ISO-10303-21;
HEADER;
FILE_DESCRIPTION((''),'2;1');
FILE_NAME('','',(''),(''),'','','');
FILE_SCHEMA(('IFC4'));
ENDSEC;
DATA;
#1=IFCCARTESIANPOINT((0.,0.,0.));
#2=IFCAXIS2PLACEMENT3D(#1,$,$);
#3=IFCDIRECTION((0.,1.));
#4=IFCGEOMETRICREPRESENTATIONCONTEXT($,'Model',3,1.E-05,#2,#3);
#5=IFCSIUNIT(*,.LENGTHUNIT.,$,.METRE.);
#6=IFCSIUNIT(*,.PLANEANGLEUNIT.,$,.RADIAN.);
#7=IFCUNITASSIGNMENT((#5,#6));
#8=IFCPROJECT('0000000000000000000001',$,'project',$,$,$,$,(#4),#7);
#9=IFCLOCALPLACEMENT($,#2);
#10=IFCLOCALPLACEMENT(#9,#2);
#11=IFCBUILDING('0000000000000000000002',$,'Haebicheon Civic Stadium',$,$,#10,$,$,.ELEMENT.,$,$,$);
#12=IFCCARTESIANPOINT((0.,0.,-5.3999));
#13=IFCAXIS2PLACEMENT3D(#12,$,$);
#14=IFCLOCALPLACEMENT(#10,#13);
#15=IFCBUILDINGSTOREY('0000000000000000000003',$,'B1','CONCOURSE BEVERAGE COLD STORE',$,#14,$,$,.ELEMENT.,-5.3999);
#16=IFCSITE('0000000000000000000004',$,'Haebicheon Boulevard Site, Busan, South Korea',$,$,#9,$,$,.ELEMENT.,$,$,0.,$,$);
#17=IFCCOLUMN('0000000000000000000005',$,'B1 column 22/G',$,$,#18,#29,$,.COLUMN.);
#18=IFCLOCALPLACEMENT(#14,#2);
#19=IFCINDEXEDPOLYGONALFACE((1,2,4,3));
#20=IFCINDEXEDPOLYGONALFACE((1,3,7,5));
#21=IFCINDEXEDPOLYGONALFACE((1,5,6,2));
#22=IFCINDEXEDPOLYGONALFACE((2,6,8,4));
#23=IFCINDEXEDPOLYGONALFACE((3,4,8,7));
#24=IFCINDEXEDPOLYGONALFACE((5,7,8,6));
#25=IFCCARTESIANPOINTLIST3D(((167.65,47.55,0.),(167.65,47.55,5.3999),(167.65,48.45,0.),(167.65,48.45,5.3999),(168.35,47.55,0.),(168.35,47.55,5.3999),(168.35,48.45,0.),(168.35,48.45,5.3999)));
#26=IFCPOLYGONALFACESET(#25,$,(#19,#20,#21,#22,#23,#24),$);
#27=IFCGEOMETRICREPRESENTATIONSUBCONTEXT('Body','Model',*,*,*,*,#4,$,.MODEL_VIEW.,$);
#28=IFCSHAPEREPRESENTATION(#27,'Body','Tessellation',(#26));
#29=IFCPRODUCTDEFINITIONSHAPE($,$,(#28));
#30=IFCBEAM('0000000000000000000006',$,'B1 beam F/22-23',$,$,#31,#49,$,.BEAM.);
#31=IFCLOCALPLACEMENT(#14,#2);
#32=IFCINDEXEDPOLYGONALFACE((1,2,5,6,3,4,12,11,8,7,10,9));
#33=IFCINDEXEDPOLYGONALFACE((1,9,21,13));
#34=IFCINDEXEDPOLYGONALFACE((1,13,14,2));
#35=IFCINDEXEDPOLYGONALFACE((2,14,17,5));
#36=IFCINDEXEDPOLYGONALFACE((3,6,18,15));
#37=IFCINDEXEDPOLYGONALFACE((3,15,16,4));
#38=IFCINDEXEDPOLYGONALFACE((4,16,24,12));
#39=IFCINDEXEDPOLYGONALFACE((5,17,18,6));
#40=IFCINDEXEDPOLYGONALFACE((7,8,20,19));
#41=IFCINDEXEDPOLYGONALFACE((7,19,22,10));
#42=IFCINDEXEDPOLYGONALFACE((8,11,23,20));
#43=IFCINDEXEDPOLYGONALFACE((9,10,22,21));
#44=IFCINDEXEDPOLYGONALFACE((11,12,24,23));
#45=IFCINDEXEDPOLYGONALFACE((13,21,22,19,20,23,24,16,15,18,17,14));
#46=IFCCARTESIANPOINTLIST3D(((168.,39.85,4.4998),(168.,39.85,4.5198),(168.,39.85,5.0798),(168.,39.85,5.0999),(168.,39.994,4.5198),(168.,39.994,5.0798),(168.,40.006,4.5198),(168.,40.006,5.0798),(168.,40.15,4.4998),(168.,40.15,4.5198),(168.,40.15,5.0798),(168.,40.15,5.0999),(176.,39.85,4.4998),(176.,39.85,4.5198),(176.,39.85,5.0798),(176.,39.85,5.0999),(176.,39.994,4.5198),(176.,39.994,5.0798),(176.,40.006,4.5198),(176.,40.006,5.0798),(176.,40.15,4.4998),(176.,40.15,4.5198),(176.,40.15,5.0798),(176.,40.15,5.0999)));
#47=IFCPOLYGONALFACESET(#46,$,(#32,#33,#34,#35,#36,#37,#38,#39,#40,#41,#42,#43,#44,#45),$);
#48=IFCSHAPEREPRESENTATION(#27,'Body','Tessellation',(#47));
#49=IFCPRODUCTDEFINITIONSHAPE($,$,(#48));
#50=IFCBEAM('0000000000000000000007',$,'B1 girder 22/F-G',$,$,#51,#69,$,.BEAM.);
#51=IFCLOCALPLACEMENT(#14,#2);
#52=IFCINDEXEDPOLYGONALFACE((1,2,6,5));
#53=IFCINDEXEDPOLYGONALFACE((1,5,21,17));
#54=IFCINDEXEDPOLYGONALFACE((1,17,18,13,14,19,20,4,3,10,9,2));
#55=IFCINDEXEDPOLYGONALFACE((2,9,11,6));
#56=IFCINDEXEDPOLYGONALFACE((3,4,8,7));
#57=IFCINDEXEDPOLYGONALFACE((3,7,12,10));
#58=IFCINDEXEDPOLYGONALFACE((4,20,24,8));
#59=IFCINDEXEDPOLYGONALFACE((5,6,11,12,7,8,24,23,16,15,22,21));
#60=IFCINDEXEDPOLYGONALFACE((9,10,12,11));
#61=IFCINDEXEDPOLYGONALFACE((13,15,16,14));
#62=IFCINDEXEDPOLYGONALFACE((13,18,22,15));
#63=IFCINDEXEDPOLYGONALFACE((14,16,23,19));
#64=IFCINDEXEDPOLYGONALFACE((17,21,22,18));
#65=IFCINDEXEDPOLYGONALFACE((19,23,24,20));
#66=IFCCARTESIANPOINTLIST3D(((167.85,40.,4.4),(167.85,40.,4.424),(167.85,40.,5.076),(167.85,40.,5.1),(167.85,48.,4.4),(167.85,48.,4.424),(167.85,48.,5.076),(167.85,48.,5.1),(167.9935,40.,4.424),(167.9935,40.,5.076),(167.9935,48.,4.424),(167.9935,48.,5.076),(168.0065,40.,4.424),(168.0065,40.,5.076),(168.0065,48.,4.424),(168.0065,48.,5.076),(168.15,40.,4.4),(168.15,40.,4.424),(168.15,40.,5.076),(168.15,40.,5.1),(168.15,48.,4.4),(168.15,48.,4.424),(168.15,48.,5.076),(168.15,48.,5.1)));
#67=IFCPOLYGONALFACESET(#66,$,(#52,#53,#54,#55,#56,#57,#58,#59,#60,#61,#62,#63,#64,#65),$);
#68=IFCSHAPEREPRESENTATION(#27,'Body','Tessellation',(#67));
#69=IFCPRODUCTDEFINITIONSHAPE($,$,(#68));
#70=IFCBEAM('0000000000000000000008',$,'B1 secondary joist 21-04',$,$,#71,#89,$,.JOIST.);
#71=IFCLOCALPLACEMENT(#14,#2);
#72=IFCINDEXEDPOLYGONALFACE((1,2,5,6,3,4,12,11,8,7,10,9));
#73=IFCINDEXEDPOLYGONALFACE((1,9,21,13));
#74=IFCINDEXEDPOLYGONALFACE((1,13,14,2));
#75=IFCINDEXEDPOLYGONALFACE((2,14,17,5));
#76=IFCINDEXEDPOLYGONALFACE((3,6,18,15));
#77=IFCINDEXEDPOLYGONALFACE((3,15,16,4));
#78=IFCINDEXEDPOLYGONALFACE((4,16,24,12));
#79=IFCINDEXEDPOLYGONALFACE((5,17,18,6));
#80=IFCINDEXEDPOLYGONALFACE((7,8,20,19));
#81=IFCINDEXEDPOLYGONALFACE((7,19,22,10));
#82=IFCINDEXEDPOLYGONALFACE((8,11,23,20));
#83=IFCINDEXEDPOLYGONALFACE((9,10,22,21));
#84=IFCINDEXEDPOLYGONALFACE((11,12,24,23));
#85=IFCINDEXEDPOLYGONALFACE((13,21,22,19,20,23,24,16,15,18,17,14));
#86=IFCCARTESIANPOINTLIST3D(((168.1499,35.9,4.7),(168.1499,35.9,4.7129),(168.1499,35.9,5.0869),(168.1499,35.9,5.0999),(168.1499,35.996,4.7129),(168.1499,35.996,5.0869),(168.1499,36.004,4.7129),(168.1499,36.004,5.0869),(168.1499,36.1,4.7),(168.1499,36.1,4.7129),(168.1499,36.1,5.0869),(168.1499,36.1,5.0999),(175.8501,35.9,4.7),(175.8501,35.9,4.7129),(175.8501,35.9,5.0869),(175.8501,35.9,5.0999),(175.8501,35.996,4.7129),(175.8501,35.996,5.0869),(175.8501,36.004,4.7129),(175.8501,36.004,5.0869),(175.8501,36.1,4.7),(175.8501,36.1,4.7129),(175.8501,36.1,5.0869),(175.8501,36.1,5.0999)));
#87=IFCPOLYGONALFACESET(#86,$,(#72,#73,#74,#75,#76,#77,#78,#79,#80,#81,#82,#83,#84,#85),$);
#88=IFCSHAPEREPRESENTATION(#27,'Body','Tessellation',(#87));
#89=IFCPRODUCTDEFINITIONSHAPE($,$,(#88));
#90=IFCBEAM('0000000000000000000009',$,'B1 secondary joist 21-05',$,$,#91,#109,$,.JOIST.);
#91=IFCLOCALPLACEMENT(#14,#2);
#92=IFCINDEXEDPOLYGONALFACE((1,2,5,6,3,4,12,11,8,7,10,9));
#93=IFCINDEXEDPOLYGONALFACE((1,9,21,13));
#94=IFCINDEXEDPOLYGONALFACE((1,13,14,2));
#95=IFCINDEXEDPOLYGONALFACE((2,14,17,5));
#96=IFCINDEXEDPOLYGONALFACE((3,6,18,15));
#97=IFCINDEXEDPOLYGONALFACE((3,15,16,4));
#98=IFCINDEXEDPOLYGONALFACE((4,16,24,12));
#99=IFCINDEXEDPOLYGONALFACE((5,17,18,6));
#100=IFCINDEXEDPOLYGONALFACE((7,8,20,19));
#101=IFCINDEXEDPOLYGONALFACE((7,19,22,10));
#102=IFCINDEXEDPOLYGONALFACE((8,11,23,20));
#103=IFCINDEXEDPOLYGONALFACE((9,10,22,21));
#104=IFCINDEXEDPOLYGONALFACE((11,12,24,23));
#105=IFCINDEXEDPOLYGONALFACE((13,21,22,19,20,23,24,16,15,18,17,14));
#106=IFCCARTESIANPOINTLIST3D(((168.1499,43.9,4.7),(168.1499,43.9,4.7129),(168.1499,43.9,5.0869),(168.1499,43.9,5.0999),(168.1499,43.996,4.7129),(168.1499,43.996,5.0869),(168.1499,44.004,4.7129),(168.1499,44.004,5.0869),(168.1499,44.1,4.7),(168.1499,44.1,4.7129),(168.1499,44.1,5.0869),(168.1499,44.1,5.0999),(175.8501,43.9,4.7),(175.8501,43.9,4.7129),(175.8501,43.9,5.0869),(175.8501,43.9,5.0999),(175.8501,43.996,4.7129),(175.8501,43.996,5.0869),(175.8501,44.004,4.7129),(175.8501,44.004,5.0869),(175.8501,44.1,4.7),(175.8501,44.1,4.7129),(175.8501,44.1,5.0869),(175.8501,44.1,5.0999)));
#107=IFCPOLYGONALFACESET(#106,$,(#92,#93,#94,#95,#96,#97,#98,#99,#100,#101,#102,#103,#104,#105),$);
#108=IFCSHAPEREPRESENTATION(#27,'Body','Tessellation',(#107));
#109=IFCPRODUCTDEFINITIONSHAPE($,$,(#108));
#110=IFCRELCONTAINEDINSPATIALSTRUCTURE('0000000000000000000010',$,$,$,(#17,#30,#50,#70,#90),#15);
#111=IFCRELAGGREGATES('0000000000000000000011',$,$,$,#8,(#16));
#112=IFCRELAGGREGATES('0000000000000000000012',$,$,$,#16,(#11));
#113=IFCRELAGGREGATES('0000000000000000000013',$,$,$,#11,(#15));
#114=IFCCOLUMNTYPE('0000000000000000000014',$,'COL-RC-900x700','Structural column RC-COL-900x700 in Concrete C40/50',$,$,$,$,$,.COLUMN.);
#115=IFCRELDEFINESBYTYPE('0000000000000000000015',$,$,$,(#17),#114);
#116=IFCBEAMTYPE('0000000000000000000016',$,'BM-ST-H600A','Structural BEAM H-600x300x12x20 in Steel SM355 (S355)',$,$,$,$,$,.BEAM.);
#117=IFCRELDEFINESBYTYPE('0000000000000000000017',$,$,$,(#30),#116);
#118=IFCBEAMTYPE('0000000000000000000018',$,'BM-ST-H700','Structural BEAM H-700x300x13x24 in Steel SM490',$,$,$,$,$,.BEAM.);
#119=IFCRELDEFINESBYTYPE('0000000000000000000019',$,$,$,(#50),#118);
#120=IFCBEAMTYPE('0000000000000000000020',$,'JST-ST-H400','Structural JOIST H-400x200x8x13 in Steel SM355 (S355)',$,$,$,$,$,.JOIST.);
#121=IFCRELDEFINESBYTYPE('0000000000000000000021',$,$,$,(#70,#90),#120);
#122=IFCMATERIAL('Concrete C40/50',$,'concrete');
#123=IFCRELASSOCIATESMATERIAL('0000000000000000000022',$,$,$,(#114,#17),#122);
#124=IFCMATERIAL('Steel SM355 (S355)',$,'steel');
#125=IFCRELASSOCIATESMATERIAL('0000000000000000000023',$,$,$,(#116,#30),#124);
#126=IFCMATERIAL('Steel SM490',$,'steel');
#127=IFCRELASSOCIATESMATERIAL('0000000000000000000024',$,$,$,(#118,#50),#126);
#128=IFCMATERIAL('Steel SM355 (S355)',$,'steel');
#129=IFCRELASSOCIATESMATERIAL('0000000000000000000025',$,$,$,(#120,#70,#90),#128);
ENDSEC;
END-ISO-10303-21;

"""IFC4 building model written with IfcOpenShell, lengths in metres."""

from ifc_helpers import new_model, si_unit, direction, frame, origin, origin_2d, place, context, subcontext, project, spatial, rectangle, i_section, extrude, material, material_profile, profile_set, type_object, element, save


model = new_model("IFC4")

# Units and contexts
model_context = context("Model", 3, precision=1e-05, world=origin(), true_north=direction((0.0, 1.0)))
body_context = subcontext(model_context, "Body", "Model", "MODEL_VIEW")
ifc_project = project(units=[si_unit("LENGTHUNIT", "METRE"), si_unit("PLANEANGLEUNIT", "RADIAN")], contexts=[model_context])

# Site, building, storey
site_placement = place(None, origin())
site = spatial("IfcSite", under=ifc_project, at=site_placement, Name="Haebicheon Boulevard Site, Busan, South Korea", CompositionType="ELEMENT", RefElevation=0.0)
building_placement = place(site_placement, origin())
building = spatial("IfcBuilding", under=site, at=building_placement, Name="Haebicheon Civic Stadium", CompositionType="ELEMENT")
storey_placement = place(building_placement, frame((0.0, 0.0, -5.3999)))
storey = spatial("IfcBuildingStorey", under=building, at=storey_placement, Name="B1", Description="CONCOURSE BEVERAGE COLD STORE", CompositionType="ELEMENT", Elevation=-5.3999)

# Column
ifc_material_1 = material(Name="Concrete C40/50", Category="concrete")
ifc_material_profile_1 = material_profile(ifc_material_1, rectangle(XDim=0.7, YDim=0.8999, at=origin_2d()), Name="RC-COL-900x700")
ifc_profile_set_1 = profile_set([ifc_material_profile_1], Name="Concrete C40/50")
column_type = type_object("IfcColumnType", Name="COL-RC-900x700", Description="Structural column RC-COL-900x700 in Concrete C40/50", PredefinedType="COLUMN", material=ifc_profile_set_1)
for number, where, z_axis, x_axis, name in (
    (1, (168.0, 48.0, 0.0), (0.0, 0.0, 1.0), (1.0, 0.0, 0.0), "B1 column 22/G"),
):
    element("IfcColumn", number, at=place(storey_placement, frame(where, z_axis=z_axis, x_axis=x_axis)), inside=storey, type_object=column_type, material=ifc_profile_set_1, Name=name, PredefinedType="COLUMN", context=body_context, shape_type="SweptSolid", body=[
        extrude(rectangle(XDim=0.7, YDim=0.8999, at=origin_2d()), origin(), (0.0, 0.0, 1.0), 5.3999),
    ])

# Beams
ifc_material_2 = material(Name="Steel SM355 (S355)", Category="steel")
ifc_material_profile_2 = material_profile(ifc_material_2, i_section(OverallWidth=0.3, OverallDepth=0.6001, WebThickness=0.012, FlangeThickness=0.02, at=origin_2d()), Name="H-600x300x12x20")
ifc_profile_set_2 = profile_set([ifc_material_profile_2], Name="Steel SM355 (S355)")
beam_type_1 = type_object("IfcBeamType", Name="BM-ST-H600A", Description="Structural BEAM H-600x300x12x20 in Steel SM355 (S355)", PredefinedType="BEAM", material=ifc_profile_set_2)
beam_1_placement = place(storey_placement, frame((168.0, 40.0, 4.7998), z_axis=(1.0, 0.0, 0.0), x_axis=(0.0, 1.0, 0.0)))
element("IfcBeam", 2, at=beam_1_placement, inside=storey, type_object=beam_type_1, material=ifc_profile_set_2, Name="B1 beam F/22-23", PredefinedType="BEAM", context=body_context, shape_type="SweptSolid", body=[
    extrude(i_section(OverallWidth=0.3, OverallDepth=0.6001, WebThickness=0.012, FlangeThickness=0.02, at=origin_2d()), origin(), (0.0, 0.0, 1.0), 8.0),
])
ifc_material_3 = material(Name="Steel SM490", Category="steel")
ifc_material_profile_3 = material_profile(ifc_material_3, i_section(OverallWidth=0.3, OverallDepth=0.7, WebThickness=0.0129, FlangeThickness=0.0239, at=origin_2d()), Name="H-700x300x13x24")
ifc_profile_set_3 = profile_set([ifc_material_profile_3], Name="Steel SM490")
beam_type_2 = type_object("IfcBeamType", Name="BM-ST-H700", Description="Structural BEAM H-700x300x13x24 in Steel SM490", PredefinedType="BEAM", material=ifc_profile_set_3)
beam_2_placement = place(storey_placement, frame((168.0, 40.0, 4.75), z_axis=(0.0, 1.0, 0.0), x_axis=(-1.0, 0.0, 0.0)))
element("IfcBeam", 3, at=beam_2_placement, inside=storey, type_object=beam_type_2, material=ifc_profile_set_3, Name="B1 girder 22/F-G", PredefinedType="BEAM", context=body_context, shape_type="SweptSolid", body=[
    extrude(i_section(OverallWidth=0.3, OverallDepth=0.7, WebThickness=0.0129, FlangeThickness=0.0239, at=origin_2d()), origin(), (0.0, 0.0, 1.0), 8.0),
])
ifc_material_4 = material(Name="Steel SM355 (S355)", Category="steel")
ifc_material_profile_4 = material_profile(ifc_material_4, i_section(OverallWidth=0.2, OverallDepth=0.3999, WebThickness=0.0081, FlangeThickness=0.0129, at=origin_2d()), Name="H-400x200x8x13")
ifc_profile_set_4 = profile_set([ifc_material_profile_4], Name="Steel SM355 (S355)")
beam_type_3 = type_object("IfcBeamType", Name="JST-ST-H400", Description="Structural JOIST H-400x200x8x13 in Steel SM355 (S355)", PredefinedType="JOIST", material=ifc_profile_set_4)
for number, where, z_axis, x_axis, name in (
    (4, (168.1499, 36.0, 4.8999), (1.0, 0.0, 0.0), (0.0, 1.0, 0.0), "B1 secondary joist 21-04"),
    (5, (168.1499, 44.0, 4.8999), (1.0, 0.0, 0.0), (0.0, 1.0, 0.0), "B1 secondary joist 21-05"),
):
    element("IfcBeam", number, at=place(storey_placement, frame(where, z_axis=z_axis, x_axis=x_axis)), inside=storey, type_object=beam_type_3, material=ifc_profile_set_4, Name=name, PredefinedType="JOIST", context=body_context, shape_type="SweptSolid", body=[
        extrude(i_section(OverallWidth=0.2, OverallDepth=0.3999, WebThickness=0.0081, FlangeThickness=0.0129, at=origin_2d()), origin(), (0.0, 0.0, 1.0), 7.7002),
    ])

save(model, "model.ifc")
